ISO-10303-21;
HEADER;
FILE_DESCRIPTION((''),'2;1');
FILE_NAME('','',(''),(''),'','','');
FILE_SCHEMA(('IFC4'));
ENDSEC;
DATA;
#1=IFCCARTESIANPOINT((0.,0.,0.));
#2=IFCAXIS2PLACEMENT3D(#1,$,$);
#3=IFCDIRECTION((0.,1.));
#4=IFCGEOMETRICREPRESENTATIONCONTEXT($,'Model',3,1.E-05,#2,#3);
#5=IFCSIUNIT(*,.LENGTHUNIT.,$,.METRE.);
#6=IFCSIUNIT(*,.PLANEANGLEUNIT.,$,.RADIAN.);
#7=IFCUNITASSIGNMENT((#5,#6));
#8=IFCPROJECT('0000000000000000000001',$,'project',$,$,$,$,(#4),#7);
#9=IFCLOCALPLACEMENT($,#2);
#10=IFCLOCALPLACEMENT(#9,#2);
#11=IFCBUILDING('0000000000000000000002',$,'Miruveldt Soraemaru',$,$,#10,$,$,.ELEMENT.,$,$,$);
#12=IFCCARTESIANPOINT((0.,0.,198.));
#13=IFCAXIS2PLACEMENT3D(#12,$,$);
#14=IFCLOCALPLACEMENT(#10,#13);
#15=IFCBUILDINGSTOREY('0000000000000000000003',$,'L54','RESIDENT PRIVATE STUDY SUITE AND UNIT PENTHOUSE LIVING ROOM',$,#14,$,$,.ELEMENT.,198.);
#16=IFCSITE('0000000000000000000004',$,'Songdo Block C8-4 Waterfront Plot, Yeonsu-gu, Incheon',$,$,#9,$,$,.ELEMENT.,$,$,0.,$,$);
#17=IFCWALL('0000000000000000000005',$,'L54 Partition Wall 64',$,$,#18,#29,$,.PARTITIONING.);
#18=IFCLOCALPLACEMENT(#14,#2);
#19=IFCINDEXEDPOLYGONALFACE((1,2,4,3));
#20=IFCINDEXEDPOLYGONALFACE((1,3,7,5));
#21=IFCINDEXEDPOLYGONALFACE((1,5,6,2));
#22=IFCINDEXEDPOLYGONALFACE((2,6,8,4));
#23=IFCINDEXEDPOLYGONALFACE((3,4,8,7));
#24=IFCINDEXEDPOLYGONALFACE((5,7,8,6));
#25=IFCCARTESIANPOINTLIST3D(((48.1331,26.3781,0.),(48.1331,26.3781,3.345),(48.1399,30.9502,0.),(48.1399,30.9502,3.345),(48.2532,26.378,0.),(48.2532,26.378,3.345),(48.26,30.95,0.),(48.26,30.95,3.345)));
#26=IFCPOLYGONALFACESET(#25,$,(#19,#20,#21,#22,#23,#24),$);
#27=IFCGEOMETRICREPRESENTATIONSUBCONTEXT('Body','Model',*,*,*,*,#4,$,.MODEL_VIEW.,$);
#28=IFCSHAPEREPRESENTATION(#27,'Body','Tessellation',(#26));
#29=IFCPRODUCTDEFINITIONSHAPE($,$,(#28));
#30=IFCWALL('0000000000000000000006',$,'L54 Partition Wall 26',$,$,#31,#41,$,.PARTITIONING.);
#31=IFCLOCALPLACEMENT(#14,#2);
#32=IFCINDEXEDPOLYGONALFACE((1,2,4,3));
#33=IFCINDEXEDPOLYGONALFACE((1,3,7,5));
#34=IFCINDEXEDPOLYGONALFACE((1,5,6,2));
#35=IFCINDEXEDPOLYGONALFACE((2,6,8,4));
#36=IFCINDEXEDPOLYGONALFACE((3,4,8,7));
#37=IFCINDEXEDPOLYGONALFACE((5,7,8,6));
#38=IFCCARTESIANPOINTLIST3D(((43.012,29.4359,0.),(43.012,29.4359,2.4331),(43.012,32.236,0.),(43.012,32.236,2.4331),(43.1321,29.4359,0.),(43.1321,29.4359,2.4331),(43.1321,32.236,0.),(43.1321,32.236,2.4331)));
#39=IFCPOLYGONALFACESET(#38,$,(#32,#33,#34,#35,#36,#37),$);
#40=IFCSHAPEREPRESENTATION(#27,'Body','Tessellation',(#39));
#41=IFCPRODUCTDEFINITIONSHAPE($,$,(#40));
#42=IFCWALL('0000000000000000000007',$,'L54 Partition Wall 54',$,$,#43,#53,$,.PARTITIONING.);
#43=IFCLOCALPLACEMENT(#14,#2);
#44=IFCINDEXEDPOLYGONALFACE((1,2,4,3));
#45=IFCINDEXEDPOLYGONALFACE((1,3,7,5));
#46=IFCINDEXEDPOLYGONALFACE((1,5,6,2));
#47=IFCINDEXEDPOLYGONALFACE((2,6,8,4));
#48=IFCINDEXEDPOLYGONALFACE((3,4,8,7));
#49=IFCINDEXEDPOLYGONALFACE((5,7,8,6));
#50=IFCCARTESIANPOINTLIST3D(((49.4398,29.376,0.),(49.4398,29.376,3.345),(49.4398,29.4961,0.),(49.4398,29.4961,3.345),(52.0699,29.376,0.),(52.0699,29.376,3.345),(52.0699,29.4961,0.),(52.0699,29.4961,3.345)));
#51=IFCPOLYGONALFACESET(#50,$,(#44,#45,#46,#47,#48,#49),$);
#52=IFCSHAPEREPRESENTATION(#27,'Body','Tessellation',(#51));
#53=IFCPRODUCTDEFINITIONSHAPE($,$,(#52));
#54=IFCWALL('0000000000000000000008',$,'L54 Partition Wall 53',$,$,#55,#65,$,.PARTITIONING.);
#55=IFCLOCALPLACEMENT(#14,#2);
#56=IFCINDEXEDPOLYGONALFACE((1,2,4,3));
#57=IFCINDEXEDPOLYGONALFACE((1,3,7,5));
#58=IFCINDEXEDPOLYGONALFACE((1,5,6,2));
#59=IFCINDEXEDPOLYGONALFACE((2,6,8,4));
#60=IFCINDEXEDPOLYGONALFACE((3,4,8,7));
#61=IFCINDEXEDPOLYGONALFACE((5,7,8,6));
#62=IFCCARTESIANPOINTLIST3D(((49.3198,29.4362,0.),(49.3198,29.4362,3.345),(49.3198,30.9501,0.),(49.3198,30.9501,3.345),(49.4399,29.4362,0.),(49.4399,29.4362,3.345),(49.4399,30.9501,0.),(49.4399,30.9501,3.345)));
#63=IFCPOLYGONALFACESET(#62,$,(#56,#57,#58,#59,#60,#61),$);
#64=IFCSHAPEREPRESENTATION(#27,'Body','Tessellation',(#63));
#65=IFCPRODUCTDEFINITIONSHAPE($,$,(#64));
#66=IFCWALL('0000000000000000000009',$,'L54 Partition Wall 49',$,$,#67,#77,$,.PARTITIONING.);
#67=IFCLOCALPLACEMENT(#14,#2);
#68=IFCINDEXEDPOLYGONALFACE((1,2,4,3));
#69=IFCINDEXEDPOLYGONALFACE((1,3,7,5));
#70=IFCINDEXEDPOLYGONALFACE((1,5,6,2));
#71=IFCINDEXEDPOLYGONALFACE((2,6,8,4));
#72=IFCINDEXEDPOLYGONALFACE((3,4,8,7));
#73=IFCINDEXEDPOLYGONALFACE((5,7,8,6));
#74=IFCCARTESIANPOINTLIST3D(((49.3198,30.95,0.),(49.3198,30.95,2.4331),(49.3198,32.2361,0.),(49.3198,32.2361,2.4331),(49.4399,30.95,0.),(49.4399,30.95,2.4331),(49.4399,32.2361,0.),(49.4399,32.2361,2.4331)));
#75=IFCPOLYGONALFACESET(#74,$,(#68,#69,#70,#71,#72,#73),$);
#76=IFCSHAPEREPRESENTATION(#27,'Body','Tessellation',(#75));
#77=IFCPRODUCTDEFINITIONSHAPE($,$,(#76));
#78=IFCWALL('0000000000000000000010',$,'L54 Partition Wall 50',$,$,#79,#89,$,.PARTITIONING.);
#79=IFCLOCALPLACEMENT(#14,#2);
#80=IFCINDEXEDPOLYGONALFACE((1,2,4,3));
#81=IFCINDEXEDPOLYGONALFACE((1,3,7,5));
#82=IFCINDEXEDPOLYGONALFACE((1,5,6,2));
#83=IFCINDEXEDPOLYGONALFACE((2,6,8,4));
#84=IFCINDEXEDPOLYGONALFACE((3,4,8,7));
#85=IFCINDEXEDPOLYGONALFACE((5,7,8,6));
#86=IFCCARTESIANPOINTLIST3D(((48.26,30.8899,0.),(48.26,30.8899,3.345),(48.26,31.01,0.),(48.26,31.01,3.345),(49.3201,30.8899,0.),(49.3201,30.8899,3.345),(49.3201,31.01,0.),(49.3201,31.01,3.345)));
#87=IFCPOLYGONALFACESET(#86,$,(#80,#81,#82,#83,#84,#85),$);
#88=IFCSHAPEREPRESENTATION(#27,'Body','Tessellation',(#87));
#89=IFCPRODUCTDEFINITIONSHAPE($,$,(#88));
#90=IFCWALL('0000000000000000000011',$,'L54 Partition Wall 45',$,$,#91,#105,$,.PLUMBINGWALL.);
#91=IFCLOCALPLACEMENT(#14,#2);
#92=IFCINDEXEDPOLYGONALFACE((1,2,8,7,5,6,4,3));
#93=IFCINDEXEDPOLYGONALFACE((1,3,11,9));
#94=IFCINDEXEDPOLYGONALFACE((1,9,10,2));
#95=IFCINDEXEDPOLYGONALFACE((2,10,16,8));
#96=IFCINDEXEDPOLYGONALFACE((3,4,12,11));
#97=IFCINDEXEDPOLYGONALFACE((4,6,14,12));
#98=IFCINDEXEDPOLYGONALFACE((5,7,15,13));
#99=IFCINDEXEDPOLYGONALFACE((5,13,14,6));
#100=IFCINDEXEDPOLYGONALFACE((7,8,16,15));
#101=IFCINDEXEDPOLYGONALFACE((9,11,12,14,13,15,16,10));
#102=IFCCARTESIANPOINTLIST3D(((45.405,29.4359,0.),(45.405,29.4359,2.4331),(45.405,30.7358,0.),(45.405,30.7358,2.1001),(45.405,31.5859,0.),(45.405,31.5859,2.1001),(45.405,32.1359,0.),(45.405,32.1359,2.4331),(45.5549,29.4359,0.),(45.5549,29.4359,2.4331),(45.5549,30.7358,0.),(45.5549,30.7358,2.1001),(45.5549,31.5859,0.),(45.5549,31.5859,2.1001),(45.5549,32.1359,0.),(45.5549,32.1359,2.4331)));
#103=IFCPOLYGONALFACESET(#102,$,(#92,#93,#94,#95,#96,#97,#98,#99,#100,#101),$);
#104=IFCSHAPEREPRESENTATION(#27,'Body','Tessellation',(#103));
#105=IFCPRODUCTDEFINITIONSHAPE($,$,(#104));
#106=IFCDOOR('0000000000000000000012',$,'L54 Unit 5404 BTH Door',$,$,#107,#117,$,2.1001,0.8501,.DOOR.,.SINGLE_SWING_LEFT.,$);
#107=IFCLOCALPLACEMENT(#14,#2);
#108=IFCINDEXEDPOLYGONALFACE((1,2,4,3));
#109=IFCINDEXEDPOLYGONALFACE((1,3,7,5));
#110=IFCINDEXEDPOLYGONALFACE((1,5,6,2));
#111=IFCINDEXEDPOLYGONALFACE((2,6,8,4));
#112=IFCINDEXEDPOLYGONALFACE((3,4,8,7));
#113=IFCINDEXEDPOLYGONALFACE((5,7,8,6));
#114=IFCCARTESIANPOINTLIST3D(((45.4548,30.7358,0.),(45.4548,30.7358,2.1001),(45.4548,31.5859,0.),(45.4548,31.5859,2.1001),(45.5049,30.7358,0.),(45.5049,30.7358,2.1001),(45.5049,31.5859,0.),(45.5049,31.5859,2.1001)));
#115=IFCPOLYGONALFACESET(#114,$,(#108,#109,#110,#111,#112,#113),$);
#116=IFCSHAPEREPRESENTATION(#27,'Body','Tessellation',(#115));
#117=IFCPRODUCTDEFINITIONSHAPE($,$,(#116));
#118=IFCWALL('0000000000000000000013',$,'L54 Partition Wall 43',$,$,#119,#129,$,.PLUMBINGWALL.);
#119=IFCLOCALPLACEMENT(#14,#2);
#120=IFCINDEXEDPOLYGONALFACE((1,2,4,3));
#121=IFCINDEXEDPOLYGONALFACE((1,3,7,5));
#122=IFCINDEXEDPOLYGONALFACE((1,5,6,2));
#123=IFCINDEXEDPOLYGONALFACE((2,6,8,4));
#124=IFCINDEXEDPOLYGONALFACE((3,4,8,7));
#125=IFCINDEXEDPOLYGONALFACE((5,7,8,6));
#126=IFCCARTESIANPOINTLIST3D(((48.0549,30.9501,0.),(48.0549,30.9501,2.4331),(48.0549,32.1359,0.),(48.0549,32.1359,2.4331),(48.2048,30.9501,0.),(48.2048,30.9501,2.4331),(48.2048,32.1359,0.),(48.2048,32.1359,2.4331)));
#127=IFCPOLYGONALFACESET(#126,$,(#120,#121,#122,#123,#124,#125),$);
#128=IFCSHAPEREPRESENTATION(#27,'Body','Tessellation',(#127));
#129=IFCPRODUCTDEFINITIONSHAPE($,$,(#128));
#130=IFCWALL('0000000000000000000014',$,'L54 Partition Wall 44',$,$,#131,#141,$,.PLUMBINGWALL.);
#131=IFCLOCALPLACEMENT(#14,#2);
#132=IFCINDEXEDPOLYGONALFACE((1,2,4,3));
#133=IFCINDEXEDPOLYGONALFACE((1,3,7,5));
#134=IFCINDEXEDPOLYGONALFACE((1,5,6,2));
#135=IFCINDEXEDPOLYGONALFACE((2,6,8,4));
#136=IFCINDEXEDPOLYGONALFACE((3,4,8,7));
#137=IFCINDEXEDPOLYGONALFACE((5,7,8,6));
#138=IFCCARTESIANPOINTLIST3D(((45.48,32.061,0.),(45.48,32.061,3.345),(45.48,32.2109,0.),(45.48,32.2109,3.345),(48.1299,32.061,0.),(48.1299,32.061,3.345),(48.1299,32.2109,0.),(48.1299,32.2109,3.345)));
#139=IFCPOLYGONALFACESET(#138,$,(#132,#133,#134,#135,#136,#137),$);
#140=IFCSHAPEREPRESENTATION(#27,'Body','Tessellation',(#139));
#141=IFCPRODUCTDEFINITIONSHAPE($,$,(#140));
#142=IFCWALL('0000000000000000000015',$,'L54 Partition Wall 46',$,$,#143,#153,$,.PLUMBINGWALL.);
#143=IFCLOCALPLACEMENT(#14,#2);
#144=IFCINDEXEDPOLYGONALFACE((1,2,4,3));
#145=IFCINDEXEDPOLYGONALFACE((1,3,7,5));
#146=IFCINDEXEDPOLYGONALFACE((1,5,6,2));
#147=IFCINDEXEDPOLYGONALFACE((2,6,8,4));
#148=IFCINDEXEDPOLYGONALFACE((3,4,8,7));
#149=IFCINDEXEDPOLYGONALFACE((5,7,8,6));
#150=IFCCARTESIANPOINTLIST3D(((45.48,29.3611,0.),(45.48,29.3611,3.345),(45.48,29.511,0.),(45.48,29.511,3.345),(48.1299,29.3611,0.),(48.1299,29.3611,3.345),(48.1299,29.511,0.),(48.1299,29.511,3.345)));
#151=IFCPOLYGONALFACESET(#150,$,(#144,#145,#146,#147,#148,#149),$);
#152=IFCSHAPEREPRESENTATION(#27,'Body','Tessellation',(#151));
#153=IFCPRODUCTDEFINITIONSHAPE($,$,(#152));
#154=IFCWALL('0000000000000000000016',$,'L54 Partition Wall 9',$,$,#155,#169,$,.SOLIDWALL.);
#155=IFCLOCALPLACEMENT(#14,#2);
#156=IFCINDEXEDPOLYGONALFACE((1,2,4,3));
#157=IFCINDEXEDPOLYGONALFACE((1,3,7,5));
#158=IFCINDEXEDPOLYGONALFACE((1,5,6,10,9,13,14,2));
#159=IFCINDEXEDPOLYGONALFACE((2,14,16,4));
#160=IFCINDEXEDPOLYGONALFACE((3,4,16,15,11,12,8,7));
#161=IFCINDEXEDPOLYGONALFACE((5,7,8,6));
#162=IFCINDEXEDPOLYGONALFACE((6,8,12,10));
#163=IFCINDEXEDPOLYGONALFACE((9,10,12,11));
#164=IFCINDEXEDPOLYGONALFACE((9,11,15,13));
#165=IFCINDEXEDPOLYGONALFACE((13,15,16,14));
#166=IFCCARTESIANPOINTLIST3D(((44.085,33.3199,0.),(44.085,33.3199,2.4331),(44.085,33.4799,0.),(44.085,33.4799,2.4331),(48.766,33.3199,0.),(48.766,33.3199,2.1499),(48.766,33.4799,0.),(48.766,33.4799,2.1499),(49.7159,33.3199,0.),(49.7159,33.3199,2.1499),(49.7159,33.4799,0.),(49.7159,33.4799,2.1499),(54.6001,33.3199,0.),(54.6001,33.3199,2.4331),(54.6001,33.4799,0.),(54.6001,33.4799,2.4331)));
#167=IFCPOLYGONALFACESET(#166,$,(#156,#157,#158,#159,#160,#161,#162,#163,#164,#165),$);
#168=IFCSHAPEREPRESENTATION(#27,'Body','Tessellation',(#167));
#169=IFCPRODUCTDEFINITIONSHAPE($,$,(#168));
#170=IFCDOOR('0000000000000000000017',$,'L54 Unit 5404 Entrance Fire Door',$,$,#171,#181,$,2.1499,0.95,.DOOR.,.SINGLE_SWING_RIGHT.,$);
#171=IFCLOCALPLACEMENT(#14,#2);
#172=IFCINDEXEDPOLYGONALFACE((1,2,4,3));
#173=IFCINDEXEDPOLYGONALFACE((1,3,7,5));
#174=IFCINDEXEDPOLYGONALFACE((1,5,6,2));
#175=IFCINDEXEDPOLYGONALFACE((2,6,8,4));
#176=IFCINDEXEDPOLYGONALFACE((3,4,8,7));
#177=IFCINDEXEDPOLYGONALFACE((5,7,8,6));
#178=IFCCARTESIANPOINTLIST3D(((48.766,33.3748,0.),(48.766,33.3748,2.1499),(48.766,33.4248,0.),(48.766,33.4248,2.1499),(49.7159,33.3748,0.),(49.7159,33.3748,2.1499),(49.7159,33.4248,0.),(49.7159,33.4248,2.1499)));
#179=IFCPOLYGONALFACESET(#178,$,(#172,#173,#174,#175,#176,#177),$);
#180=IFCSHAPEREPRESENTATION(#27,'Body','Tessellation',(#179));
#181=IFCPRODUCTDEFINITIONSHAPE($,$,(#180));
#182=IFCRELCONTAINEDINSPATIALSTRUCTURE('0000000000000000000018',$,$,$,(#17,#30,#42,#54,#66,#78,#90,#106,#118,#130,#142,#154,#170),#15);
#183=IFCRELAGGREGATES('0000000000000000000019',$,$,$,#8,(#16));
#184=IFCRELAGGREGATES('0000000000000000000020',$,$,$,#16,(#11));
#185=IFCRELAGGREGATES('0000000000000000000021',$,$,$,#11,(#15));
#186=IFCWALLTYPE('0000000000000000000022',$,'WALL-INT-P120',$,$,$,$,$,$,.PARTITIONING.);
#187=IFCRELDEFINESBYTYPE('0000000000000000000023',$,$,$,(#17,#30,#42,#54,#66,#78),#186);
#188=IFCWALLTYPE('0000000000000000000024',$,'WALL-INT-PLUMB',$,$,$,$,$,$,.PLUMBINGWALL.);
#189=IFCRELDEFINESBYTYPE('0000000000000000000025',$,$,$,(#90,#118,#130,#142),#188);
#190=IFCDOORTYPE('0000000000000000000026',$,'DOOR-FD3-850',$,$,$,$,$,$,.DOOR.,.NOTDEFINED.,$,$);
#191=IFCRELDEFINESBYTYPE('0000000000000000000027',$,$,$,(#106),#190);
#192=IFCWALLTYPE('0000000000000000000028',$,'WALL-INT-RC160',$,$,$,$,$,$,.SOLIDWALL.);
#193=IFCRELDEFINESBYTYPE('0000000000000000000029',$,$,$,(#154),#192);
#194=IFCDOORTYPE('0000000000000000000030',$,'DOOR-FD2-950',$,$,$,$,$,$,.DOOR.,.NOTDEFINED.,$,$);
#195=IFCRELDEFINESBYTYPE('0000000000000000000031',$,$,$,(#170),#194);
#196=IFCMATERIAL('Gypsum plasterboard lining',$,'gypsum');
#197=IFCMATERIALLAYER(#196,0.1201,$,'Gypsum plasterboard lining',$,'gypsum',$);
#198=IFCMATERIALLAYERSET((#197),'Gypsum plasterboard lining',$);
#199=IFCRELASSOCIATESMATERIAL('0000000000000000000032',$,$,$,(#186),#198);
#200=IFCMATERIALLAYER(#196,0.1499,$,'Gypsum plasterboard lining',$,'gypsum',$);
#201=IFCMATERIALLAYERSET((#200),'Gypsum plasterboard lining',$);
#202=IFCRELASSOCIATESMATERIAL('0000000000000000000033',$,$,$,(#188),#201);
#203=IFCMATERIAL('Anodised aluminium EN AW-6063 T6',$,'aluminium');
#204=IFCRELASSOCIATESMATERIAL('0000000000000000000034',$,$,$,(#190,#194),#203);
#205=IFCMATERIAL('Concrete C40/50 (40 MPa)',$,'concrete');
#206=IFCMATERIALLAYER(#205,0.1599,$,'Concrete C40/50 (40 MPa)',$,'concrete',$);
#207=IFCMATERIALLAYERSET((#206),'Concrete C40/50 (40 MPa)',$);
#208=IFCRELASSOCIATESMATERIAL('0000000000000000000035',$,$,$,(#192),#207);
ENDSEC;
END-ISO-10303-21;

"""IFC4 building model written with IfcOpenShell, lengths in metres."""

from ifc_helpers import new_model, si_unit, direction, frame, frame_2d, origin, place, context, subcontext, project, spatial, rectangle, extrude, material, layer, layer_set, type_object, element, fill, save


model = new_model("IFC4")

# Units and contexts
model_context = context("Model", 3, precision=1e-05, world=origin(), true_north=direction((0.0, 1.0)))
body_context = subcontext(model_context, "Body", "Model", "MODEL_VIEW")
ifc_project = project(units=[si_unit("LENGTHUNIT", "METRE"), si_unit("PLANEANGLEUNIT", "RADIAN")], contexts=[model_context])

# Site, building, storey
site_placement = place(None, origin())
site = spatial("IfcSite", under=ifc_project, at=site_placement, Name="Songdo Block C8-4 Waterfront Plot, Yeonsu-gu, Incheon", CompositionType="ELEMENT", RefElevation=0.0)
building_placement = place(site_placement, origin())
building = spatial("IfcBuilding", under=site, at=building_placement, Name="Miruveldt Soraemaru", CompositionType="ELEMENT")
storey_placement = place(building_placement, frame((0.0, 0.0, 198.0)))
storey = spatial("IfcBuildingStorey", under=building, at=storey_placement, Name="L54", Description="RESIDENT PRIVATE STUDY SUITE AND UNIT PENTHOUSE LIVING ROOM", CompositionType="ELEMENT", Elevation=198.0)

# Shared definitions
ifc_material_1 = material(Name="Anodised aluminium EN AW-6063 T6", Category="aluminium")

# Shared definitions
ifc_material_2 = material(Name="Gypsum plasterboard lining", Category="gypsum")
ifc_layer_1 = layer(ifc_material_2, 0.1201, Name="Gypsum plasterboard lining", Category="gypsum")
ifc_layer_set_1 = layer_set([ifc_layer_1], Name="Gypsum plasterboard lining")
wall_type_1 = type_object("IfcWallType", Name="WALL-INT-P120", PredefinedType="PARTITIONING", material=ifc_layer_set_1)

# Walls
wall_1_placement = place(storey_placement, frame((48.1931, 26.3779, 0.0), z_axis=(0.0, 0.0, 1.0), x_axis=(0.001495, 0.999999, 0.0)))
element("IfcWall", 1, at=wall_1_placement, inside=storey, type_object=wall_type_1, Name="L54 Partition Wall 64", PredefinedType="PARTITIONING", context=body_context, shape_type="SweptSolid", body=[
    extrude(rectangle(XDim=4.572, YDim=0.1201, at=frame_2d((2.2861, 0.0))), origin(), (0.0, 0.0, 1.0), 3.345),
])
wall_2_placement = place(storey_placement, frame((43.072, 29.436, 0.0), z_axis=(0.0, 0.0, 1.0), x_axis=(0.0, 1.0, 0.0)))
element("IfcWall", 2, at=wall_2_placement, inside=storey, type_object=wall_type_1, Name="L54 Partition Wall 26", PredefinedType="PARTITIONING", context=body_context, shape_type="SweptSolid", body=[
    extrude(rectangle(XDim=2.8, YDim=0.1201, at=frame_2d((1.3999, 0.0))), origin(), (0.0, 0.0, 1.0), 2.4331),
])
wall_3_placement = place(storey_placement, frame((49.4399, 29.436, 0.0), z_axis=(0.0, 0.0, 1.0), x_axis=(1.0, 0.0, 0.0)))
element("IfcWall", 3, at=wall_3_placement, inside=storey, type_object=wall_type_1, Name="L54 Partition Wall 54", PredefinedType="PARTITIONING", context=body_context, shape_type="SweptSolid", body=[
    extrude(rectangle(XDim=2.6301, YDim=0.1201, at=frame_2d((1.3149, 0.0))), origin(), (0.0, 0.0, 1.0), 3.345),
])
wall_4_placement = place(storey_placement, frame((49.3799, 30.95, 0.0), z_axis=(0.0, 0.0, 1.0), x_axis=(0.0, -1.0, 0.0)))
element("IfcWall", 4, at=wall_4_placement, inside=storey, type_object=wall_type_1, Name="L54 Partition Wall 53", PredefinedType="PARTITIONING", context=body_context, shape_type="SweptSolid", body=[
    extrude(rectangle(XDim=1.5139, YDim=0.1201, at=frame_2d((0.7568, 0.0))), origin(), (0.0, 0.0, 1.0), 3.345),
])
wall_5_placement = place(storey_placement, frame((49.3799, 32.2361, 0.0), z_axis=(0.0, 0.0, 1.0), x_axis=(0.0, -1.0, 0.0)))
element("IfcWall", 5, at=wall_5_placement, inside=storey, type_object=wall_type_1, Name="L54 Partition Wall 49", PredefinedType="PARTITIONING", context=body_context, shape_type="SweptSolid", body=[
    extrude(rectangle(XDim=1.2861, YDim=0.1201, at=frame_2d((0.6431, 0.0))), origin(), (0.0, 0.0, 1.0), 2.4331),
])
wall_6_placement = place(storey_placement, frame((48.26, 30.95, 0.0), z_axis=(0.0, 0.0, 1.0), x_axis=(1.0, 0.0, 0.0)))
element("IfcWall", 6, at=wall_6_placement, inside=storey, type_object=wall_type_1, Name="L54 Partition Wall 50", PredefinedType="PARTITIONING", context=body_context, shape_type="SweptSolid", body=[
    extrude(rectangle(XDim=1.0601, YDim=0.1201, at=frame_2d((0.53, 0.0))), origin(), (0.0, 0.0, 1.0), 3.345),
])

# Wall, opening, door
ifc_layer_2 = layer(ifc_material_2, 0.1499, Name="Gypsum plasterboard lining", Category="gypsum")
ifc_layer_set_2 = layer_set([ifc_layer_2], Name="Gypsum plasterboard lining")
wall_type_2 = type_object("IfcWallType", Name="WALL-INT-PLUMB", PredefinedType="PLUMBINGWALL", material=ifc_layer_set_2)
wall_7_placement = place(storey_placement, frame((45.48, 32.136, 0.0), z_axis=(0.0, 0.0, 1.0), x_axis=(0.0, -1.0, 0.0)))
wall_7 = element("IfcWall", 7, at=wall_7_placement, inside=storey, type_object=wall_type_2, Name="L54 Partition Wall 45", PredefinedType="PLUMBINGWALL", context=body_context, shape_type="SweptSolid", body=[
    extrude(rectangle(XDim=2.7, YDim=0.1499, at=frame_2d((1.3501, 0.0))), origin(), (0.0, 0.0, 1.0), 2.4331),
])
opening_1_placement = place(wall_7_placement, frame((0.55, 0.0, 0.0)))
opening_1 = element("IfcOpeningElement", 8, at=opening_1_placement, cuts=wall_7, PredefinedType="OPENING", context=body_context, shape_type="SweptSolid", body=[
    extrude(rectangle(XDim=0.8501, YDim=2.1001, at=frame_2d((0.425, 1.05))), frame((0.0, 0.085, 0.0), z_axis=(0.0, -1.0, 0.0), x_axis=(1.0, 0.0, 0.0)), (0.0, 0.0, 1.0), 0.1699),
])
door_type_1 = type_object("IfcDoorType", Name="DOOR-FD3-850", OperationType="NOTDEFINED", PredefinedType="DOOR", material=ifc_material_1)
door_1_placement = place(opening_1_placement, origin())
door_1 = element("IfcDoor", 9, at=door_1_placement, inside=storey, type_object=door_type_1, Name="L54 Unit 5404 BTH Door", OperationType="SINGLE_SWING_LEFT", OverallHeight=2.1001, OverallWidth=0.8501, PredefinedType="DOOR", context=body_context, shape_type="SweptSolid", body=[
    extrude(rectangle(XDim=0.8501, YDim=2.1001, at=frame_2d((0.425, 1.05))), frame((0.0, 0.0249, 0.0), z_axis=(0.0, -1.0, 0.0), x_axis=(1.0, 0.0, 0.0)), (0.0, 0.0, 1.0), 0.05),
])
fill(opening_1, door_1)

# Walls
wall_8_placement = place(storey_placement, frame((48.1299, 30.9502, 0.0), z_axis=(0.0, 0.0, 1.0), x_axis=(0.0, 1.0, 0.0)))
element("IfcWall", 10, at=wall_8_placement, inside=storey, type_object=wall_type_2, Name="L54 Partition Wall 43", PredefinedType="PLUMBINGWALL", context=body_context, shape_type="SweptSolid", body=[
    extrude(rectangle(XDim=1.1858, YDim=0.1499, at=frame_2d((0.5928, 0.0))), origin(), (0.0, 0.0, 1.0), 2.4331),
])
for number, where, z_axis, x_axis, name in (
    (11, (48.1299, 32.136, 0.0), (0.0, 0.0, 1.0), (-1.0, 0.0, 0.0), "L54 Partition Wall 44"),
    (12, (45.48, 29.436, 0.0), (0.0, 0.0, 1.0), (1.0, 0.0, 0.0), "L54 Partition Wall 46"),
):
    element("IfcWall", number, at=place(storey_placement, frame(where, z_axis=z_axis, x_axis=x_axis)), inside=storey, type_object=wall_type_2, Name=name, PredefinedType="PLUMBINGWALL", context=body_context, shape_type="SweptSolid", body=[
        extrude(rectangle(XDim=2.6499, YDim=0.1499, at=frame_2d((1.325, 0.0))), origin(), (0.0, 0.0, 1.0), 3.345),
    ])

# Wall, opening, door
ifc_material_3 = material(Name="Concrete C40/50 (40 MPa)", Category="concrete")
ifc_layer_3 = layer(ifc_material_3, 0.1599, Name="Concrete C40/50 (40 MPa)", Category="concrete")
ifc_layer_set_3 = layer_set([ifc_layer_3], Name="Concrete C40/50 (40 MPa)")
wall_type_3 = type_object("IfcWallType", Name="WALL-INT-RC160", PredefinedType="SOLIDWALL", material=ifc_layer_set_3)
wall_9_placement = place(storey_placement, frame((44.085, 33.3999, 0.0), z_axis=(0.0, 0.0, 1.0), x_axis=(1.0, 0.0, 0.0)))
wall_9 = element("IfcWall", 13, at=wall_9_placement, inside=storey, type_object=wall_type_3, Name="L54 Partition Wall 9", PredefinedType="SOLIDWALL", context=body_context, shape_type="SweptSolid", body=[
    extrude(rectangle(XDim=10.5151, YDim=0.1599, at=frame_2d((5.2576, 0.0))), origin(), (0.0, 0.0, 1.0), 2.4331),
])
opening_2_placement = place(wall_9_placement, frame((4.6809, 0.0, 0.0)))
opening_2 = element("IfcOpeningElement", 14, at=opening_2_placement, cuts=wall_9, PredefinedType="OPENING", context=body_context, shape_type="SweptSolid", body=[
    extrude(rectangle(XDim=0.95, YDim=2.1499, at=frame_2d((0.4751, 1.075))), frame((0.0, 0.0898, 0.0), z_axis=(0.0, -1.0, 0.0), x_axis=(1.0, 0.0, 0.0)), (0.0, 0.0, 1.0), 0.1799),
])
door_type_2 = type_object("IfcDoorType", Name="DOOR-FD2-950", OperationType="NOTDEFINED", PredefinedType="DOOR", material=ifc_material_1)
door_2_placement = place(opening_2_placement, origin())
door_2 = element("IfcDoor", 15, at=door_2_placement, inside=storey, type_object=door_type_2, Name="L54 Unit 5404 Entrance Fire Door", OperationType="SINGLE_SWING_RIGHT", OverallHeight=2.1499, OverallWidth=0.95, PredefinedType="DOOR", context=body_context, shape_type="SweptSolid", body=[
    extrude(rectangle(XDim=0.95, YDim=2.1499, at=frame_2d((0.4751, 1.075))), frame((0.0, 0.0249, 0.0), z_axis=(0.0, -1.0, 0.0), x_axis=(1.0, 0.0, 0.0)), (0.0, 0.0, 1.0), 0.05),
])
fill(opening_2, door_2)

save(model, "model.ifc")
